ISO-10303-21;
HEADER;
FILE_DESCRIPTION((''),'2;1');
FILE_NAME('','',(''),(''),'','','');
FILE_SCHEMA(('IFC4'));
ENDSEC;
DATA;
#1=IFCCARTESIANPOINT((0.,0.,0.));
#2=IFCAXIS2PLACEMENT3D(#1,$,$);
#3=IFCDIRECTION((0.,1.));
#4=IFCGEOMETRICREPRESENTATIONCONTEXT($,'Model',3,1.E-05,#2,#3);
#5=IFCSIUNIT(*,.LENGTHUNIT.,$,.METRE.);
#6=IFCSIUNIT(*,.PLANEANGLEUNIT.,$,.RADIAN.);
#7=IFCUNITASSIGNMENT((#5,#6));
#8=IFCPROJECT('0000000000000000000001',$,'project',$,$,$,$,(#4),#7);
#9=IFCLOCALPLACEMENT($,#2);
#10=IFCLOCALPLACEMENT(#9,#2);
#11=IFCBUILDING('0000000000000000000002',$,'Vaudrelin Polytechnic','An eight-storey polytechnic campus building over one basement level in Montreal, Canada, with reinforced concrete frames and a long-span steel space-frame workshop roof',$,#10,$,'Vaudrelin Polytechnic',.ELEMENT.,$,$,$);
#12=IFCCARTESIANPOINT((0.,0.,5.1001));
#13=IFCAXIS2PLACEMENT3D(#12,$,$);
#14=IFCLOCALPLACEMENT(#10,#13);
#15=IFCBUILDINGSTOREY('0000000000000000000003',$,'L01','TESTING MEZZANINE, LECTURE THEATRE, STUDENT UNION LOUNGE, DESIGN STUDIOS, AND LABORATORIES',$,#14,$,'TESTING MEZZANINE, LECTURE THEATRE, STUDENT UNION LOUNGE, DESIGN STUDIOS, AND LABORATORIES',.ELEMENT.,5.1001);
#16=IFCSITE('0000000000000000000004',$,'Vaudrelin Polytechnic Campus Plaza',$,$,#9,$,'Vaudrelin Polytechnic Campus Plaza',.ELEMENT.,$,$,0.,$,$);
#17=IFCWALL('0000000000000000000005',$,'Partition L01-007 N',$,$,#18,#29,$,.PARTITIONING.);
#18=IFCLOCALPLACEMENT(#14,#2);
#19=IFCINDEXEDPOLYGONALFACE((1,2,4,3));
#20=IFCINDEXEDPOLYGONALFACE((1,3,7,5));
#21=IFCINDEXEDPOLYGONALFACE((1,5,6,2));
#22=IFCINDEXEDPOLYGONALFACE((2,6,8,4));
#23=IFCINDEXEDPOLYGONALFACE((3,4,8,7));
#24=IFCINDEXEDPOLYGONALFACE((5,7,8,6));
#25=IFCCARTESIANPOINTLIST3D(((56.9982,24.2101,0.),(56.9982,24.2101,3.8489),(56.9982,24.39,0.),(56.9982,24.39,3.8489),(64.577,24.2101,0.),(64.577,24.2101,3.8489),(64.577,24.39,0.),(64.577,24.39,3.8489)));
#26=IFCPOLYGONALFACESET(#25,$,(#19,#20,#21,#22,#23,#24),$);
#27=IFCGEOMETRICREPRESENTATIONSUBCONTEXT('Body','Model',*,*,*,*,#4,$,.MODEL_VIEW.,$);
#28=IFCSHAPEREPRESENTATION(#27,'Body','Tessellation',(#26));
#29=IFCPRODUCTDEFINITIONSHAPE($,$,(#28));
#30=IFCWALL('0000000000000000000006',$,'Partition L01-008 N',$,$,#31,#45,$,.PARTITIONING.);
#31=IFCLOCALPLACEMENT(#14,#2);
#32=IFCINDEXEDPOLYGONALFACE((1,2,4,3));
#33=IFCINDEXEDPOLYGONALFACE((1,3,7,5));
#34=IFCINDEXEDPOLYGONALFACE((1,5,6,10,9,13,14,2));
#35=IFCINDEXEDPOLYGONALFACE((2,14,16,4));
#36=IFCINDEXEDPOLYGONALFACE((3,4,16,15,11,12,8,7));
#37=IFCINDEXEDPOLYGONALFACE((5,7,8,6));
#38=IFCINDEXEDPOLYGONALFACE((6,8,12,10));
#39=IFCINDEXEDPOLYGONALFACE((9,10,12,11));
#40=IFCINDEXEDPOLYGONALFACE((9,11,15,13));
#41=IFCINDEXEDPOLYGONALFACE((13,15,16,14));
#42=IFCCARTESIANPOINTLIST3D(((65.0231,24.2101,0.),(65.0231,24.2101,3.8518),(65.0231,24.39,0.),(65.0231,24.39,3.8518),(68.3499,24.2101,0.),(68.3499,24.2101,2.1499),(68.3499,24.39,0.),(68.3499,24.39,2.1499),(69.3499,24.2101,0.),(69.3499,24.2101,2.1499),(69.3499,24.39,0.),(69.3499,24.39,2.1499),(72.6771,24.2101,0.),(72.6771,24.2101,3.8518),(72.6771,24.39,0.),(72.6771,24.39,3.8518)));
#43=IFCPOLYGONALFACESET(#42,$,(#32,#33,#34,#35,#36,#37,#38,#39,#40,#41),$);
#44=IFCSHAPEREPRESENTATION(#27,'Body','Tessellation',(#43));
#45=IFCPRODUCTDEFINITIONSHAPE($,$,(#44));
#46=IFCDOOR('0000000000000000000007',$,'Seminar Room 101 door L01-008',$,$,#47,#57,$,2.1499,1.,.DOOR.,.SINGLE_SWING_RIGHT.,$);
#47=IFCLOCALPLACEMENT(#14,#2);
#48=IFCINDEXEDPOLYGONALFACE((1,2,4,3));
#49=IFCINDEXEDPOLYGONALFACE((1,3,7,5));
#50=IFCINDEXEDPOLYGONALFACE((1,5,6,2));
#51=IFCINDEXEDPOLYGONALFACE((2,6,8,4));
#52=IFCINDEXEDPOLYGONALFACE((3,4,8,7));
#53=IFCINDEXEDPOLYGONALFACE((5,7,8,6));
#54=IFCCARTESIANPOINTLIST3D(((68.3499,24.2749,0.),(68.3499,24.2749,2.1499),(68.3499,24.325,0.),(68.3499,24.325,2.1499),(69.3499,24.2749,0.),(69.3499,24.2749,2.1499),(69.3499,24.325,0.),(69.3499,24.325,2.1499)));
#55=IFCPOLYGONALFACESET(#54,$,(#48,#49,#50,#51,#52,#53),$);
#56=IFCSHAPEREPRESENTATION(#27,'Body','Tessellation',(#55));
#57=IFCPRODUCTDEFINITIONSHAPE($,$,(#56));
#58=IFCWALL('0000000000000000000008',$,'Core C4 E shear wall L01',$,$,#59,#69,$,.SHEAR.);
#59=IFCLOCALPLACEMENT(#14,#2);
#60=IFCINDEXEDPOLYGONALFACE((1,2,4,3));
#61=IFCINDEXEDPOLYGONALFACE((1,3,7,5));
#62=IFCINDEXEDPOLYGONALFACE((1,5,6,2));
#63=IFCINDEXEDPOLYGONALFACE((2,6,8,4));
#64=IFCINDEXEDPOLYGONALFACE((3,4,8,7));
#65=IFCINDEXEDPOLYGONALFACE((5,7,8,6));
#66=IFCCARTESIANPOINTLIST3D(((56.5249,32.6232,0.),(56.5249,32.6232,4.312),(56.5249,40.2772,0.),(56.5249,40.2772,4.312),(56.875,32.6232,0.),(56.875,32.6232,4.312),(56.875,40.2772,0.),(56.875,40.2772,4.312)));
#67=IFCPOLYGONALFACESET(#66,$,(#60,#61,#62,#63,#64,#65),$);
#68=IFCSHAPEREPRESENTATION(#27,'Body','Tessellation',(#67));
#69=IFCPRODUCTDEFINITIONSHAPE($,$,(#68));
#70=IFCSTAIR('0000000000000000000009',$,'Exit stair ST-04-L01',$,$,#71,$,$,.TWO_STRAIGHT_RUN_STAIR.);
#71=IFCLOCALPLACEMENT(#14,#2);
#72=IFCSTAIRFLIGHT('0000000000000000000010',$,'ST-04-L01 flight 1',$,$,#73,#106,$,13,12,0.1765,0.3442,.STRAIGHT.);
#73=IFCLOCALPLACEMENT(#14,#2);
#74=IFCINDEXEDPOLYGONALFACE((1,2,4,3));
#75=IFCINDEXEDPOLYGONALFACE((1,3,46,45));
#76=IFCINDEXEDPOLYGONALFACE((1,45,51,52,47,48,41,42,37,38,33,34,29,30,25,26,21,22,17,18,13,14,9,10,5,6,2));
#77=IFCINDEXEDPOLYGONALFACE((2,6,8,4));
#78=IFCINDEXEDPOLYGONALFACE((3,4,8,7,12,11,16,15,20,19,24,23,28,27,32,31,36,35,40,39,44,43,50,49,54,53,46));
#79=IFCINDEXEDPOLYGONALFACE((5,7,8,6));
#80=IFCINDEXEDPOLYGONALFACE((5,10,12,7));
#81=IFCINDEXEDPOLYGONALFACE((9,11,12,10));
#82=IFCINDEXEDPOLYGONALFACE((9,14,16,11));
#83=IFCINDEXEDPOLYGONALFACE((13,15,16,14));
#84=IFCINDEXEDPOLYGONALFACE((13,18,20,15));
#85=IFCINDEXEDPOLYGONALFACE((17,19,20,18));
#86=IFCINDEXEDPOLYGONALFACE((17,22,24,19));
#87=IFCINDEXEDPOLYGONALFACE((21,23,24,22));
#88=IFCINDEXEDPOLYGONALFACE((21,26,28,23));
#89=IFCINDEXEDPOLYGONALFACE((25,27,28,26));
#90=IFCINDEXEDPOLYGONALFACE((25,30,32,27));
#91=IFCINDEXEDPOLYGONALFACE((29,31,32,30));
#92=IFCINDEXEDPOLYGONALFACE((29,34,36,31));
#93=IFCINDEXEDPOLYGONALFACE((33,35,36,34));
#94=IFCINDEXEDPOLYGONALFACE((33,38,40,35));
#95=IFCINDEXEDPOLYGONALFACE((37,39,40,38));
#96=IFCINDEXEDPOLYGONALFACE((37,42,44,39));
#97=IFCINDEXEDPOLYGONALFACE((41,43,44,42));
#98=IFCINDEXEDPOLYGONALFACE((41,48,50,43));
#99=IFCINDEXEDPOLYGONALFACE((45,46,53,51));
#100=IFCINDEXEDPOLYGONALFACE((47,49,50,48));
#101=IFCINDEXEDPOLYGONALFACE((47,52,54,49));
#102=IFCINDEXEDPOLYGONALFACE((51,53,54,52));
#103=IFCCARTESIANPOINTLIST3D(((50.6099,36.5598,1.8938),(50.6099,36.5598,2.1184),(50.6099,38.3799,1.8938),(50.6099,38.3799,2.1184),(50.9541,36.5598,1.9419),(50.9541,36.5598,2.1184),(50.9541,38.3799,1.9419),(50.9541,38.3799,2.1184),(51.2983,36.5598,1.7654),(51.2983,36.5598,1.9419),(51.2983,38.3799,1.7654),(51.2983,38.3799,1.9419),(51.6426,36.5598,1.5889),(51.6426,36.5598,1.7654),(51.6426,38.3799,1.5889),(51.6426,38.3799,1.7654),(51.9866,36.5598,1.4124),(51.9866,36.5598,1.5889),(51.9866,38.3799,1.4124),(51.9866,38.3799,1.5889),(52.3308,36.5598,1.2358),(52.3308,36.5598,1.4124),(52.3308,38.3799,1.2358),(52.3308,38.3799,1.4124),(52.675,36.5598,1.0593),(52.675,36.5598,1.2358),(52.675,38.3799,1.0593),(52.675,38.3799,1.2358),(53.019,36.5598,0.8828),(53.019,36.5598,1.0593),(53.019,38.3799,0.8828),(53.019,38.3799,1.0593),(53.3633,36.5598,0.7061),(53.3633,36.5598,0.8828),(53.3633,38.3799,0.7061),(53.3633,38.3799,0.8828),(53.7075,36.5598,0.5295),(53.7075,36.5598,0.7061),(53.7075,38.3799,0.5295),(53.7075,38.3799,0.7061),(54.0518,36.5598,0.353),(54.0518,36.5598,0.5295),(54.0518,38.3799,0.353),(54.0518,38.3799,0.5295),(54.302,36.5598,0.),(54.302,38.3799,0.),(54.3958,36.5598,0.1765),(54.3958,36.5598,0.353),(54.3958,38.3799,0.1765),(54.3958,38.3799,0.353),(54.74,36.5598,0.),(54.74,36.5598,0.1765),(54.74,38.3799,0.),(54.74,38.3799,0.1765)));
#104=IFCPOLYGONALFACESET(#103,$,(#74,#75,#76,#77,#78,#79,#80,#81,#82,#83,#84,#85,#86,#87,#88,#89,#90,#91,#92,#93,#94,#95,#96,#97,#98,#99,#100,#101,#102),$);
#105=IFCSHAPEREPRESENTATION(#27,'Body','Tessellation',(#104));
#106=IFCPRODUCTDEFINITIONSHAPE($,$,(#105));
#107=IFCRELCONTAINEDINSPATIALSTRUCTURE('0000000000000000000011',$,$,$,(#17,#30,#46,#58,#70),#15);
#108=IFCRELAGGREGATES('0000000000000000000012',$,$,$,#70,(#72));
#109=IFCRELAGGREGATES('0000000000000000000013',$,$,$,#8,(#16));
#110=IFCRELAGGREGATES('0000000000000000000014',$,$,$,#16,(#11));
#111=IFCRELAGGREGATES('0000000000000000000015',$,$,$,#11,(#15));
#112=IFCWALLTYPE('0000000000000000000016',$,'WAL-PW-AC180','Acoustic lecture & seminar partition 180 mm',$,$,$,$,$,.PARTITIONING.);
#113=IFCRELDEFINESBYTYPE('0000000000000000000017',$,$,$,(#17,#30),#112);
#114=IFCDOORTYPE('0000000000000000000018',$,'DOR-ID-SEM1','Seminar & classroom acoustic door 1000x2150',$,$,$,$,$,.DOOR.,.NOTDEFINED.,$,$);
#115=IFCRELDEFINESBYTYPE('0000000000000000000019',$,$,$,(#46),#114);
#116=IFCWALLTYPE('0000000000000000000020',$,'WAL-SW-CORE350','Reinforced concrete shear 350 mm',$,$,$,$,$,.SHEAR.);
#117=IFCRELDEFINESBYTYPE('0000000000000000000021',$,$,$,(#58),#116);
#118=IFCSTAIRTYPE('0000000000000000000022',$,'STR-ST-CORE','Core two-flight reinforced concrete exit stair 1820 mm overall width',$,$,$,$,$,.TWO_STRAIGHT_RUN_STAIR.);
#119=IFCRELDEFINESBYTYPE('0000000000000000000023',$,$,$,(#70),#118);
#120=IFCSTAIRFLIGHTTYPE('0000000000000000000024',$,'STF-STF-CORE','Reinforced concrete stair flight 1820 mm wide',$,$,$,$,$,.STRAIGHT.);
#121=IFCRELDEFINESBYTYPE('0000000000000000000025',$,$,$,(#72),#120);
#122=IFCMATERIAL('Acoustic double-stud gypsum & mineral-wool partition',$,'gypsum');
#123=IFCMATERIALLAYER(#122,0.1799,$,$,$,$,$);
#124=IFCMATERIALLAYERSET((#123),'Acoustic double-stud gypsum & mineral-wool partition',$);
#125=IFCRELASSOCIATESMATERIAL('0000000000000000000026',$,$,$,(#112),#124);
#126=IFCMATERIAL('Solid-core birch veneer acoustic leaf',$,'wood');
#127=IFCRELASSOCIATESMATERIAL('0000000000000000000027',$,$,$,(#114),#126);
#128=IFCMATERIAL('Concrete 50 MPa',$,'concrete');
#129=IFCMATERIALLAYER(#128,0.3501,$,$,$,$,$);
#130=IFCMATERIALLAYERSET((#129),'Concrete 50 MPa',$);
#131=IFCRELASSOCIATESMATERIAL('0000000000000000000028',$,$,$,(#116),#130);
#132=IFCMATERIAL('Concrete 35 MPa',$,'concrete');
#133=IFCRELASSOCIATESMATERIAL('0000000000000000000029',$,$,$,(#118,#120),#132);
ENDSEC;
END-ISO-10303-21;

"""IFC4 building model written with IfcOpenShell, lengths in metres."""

from ifc_helpers import new_model, si_unit, direction, frame, frame_2d, origin, place, context, subcontext, project, spatial, polyline, rectangle, outline, extrude, material, layer, layer_set, type_object, element, fill, aggregate, save


model = new_model("IFC4")

# Units and contexts
model_context = context("Model", 3, precision=1e-05, world=origin(), true_north=direction((0.0, 1.0)))
body_context = subcontext(model_context, "Body", "Model", "MODEL_VIEW")
ifc_project = project(units=[si_unit("LENGTHUNIT", "METRE"), si_unit("PLANEANGLEUNIT", "RADIAN")], contexts=[model_context])

# Site, building, storey
site_placement = place(None, origin())
site = spatial("IfcSite", under=ifc_project, at=site_placement, Name="Vaudrelin Polytechnic Campus Plaza", LongName="Vaudrelin Polytechnic Campus Plaza", CompositionType="ELEMENT", RefElevation=0.0)
building_placement = place(site_placement, origin())
building = spatial("IfcBuilding", under=site, at=building_placement, Name="Vaudrelin Polytechnic", Description="An eight-storey polytechnic campus building over one basement level in Montreal, Canada, with reinforced concrete frames and a long-span steel space-frame workshop roof", LongName="Vaudrelin Polytechnic", CompositionType="ELEMENT")
storey_placement = place(building_placement, frame((0.0, 0.0, 5.1001)))
storey = spatial("IfcBuildingStorey", under=building, at=storey_placement, Name="L01", Description="TESTING MEZZANINE, LECTURE THEATRE, STUDENT UNION LOUNGE, DESIGN STUDIOS, AND LABORATORIES", LongName="TESTING MEZZANINE, LECTURE THEATRE, STUDENT UNION LOUNGE, DESIGN STUDIOS, AND LABORATORIES", CompositionType="ELEMENT", Elevation=5.1001)

# Wall
ifc_material_1 = material(Name="Acoustic double-stud gypsum & mineral-wool partition", Category="gypsum")
ifc_layer_1 = layer(ifc_material_1, 0.1799)
ifc_layer_set_1 = layer_set([ifc_layer_1], Name="Acoustic double-stud gypsum & mineral-wool partition")
wall_type_1 = type_object("IfcWallType", Name="WAL-PW-AC180", Description="Acoustic lecture & seminar partition 180 mm", PredefinedType="PARTITIONING", material=ifc_layer_set_1)
wall_1_placement = place(storey_placement, frame((56.998, 24.3, 0.0), z_axis=(0.0, 0.0, 1.0), x_axis=(1.0, 0.0, 0.0)))
element("IfcWall", 1, at=wall_1_placement, inside=storey, type_object=wall_type_1, Name="Partition L01-007 N", PredefinedType="PARTITIONING", context=body_context, shape_type="SweptSolid", body=[
    extrude(rectangle(XDim=7.5789, YDim=0.1799, at=frame_2d((3.7896, 0.0))), origin(), (0.0, 0.0, 1.0), 3.8489),
])

# Wall, opening, door
wall_2_placement = place(storey_placement, frame((65.0229, 24.3, 0.0), z_axis=(0.0, 0.0, 1.0), x_axis=(1.0, 0.0, 0.0)))
wall_2 = element("IfcWall", 2, at=wall_2_placement, inside=storey, type_object=wall_type_1, Name="Partition L01-008 N", PredefinedType="PARTITIONING", context=body_context, shape_type="SweptSolid", body=[
    extrude(rectangle(XDim=7.6541, YDim=0.1799, at=frame_2d((3.8271, 0.0))), origin(), (0.0, 0.0, 1.0), 3.8518),
])
opening_placement = place(wall_2_placement, frame((3.3269, 0.0, 0.0)))
opening = element("IfcOpeningElement", 3, at=opening_placement, cuts=wall_2, PredefinedType="OPENING", context=body_context, shape_type="SweptSolid", body=[
    extrude(rectangle(XDim=1.0, YDim=2.1499, at=frame_2d((0.5, 1.075))), frame((0.0, 0.1001, 0.0), z_axis=(0.0, -1.0, 0.0), x_axis=(1.0, 0.0, 0.0)), (0.0, 0.0, 1.0), 0.2),
])
ifc_material_2 = material(Name="Solid-core birch veneer acoustic leaf", Category="wood")
door_type = type_object("IfcDoorType", Name="DOR-ID-SEM1", Description="Seminar & classroom acoustic door 1000x2150", OperationType="NOTDEFINED", PredefinedType="DOOR", material=ifc_material_2)
door_placement = place(opening_placement, origin())
door = element("IfcDoor", 4, at=door_placement, inside=storey, type_object=door_type, Name="Seminar Room 101 door L01-008", OperationType="SINGLE_SWING_RIGHT", OverallHeight=2.1499, OverallWidth=1.0, PredefinedType="DOOR", context=body_context, shape_type="SweptSolid", body=[
    extrude(rectangle(XDim=1.0, YDim=2.1499, at=frame_2d((0.5, 1.075))), frame((0.0, 0.0249, 0.0), z_axis=(0.0, -1.0, 0.0), x_axis=(1.0, 0.0, 0.0)), (0.0, 0.0, 1.0), 0.05),
])
fill(opening, door)

# Wall
ifc_material_3 = material(Name="Concrete 50 MPa", Category="concrete")
ifc_layer_2 = layer(ifc_material_3, 0.3501)
ifc_layer_set_2 = layer_set([ifc_layer_2], Name="Concrete 50 MPa")
wall_type_2 = type_object("IfcWallType", Name="WAL-SW-CORE350", Description="Reinforced concrete shear 350 mm", PredefinedType="SHEAR", material=ifc_layer_set_2)
wall_3_placement = place(storey_placement, frame((56.7, 32.623, 0.0), z_axis=(0.0, 0.0, 1.0), x_axis=(0.0, 1.0, 0.0)))
element("IfcWall", 5, at=wall_3_placement, inside=storey, type_object=wall_type_2, Name="Core C4 E shear wall L01", PredefinedType="SHEAR", context=body_context, shape_type="SweptSolid", body=[
    extrude(rectangle(XDim=7.6541, YDim=0.3501, at=frame_2d((3.8271, 0.0))), origin(), (0.0, 0.0, 1.0), 4.312),
])

# Stair, stair flight
ifc_material_4 = material(Name="Concrete 35 MPa", Category="concrete")
stair_type = type_object("IfcStairType", Name="STR-ST-CORE", Description="Core two-flight reinforced concrete exit stair 1820 mm overall width", PredefinedType="TWO_STRAIGHT_RUN_STAIR", material=ifc_material_4)
stair_placement = place(storey_placement, origin())
stair = element("IfcStair", 6, at=stair_placement, inside=storey, type_object=stair_type, Name="Exit stair ST-04-L01", PredefinedType="TWO_STRAIGHT_RUN_STAIR")
stair_flight_type = type_object("IfcStairFlightType", Name="STF-STF-CORE", Description="Reinforced concrete stair flight 1820 mm wide", PredefinedType="STRAIGHT", material=ifc_material_4)
stair_flight_placement = place(storey_placement, frame((54.74, 37.47, 0.0), z_axis=(0.0, 0.0, 1.0), x_axis=(-1.0, 0.0, 0.0)))
stair_flight = element("IfcStairFlight", 7, at=stair_flight_placement, type_object=stair_flight_type, Name="ST-04-L01 flight 1", NumberOfRisers=13, NumberOfTreads=12, PredefinedType="STRAIGHT", RiserHeight=0.1765, TreadLength=0.3442, context=body_context, shape_type="SweptSolid", body=[
    extrude(outline(polyline([(0.0, 0.0), (0.0, 0.1765), (0.3442, 0.1765), (0.3442, 0.353), (0.6882, 0.353), (0.6882, 0.5295), (1.0325, 0.5295), (1.0325, 0.7061), (1.3767, 0.7061), (1.3767, 0.8828), (1.7209, 0.8828), (1.7209, 1.0593), (2.0649, 1.0593), (2.0649, 1.2358), (2.4092, 1.2358), (2.4092, 1.4124), (2.7534, 1.4124), (2.7534, 1.5889), (3.0974, 1.5889), (3.0974, 1.7654), (3.4417, 1.7654), (3.4417, 1.9419), (3.7859, 1.9419), (3.7859, 2.1184), (4.1301, 2.1184), (4.1301, 2.2949), (4.1301, 1.8938), (0.438, 0.0), (0.0, 0.0)])), frame((0.0, 0.9102, 0.0), z_axis=(0.0, -1.0, 0.0), x_axis=(1.0, 0.0, 0.0)), (0.0, 0.0, 1.0), 1.8201),
])
aggregate(stair, [stair_flight])

save(model, "model.ifc")
